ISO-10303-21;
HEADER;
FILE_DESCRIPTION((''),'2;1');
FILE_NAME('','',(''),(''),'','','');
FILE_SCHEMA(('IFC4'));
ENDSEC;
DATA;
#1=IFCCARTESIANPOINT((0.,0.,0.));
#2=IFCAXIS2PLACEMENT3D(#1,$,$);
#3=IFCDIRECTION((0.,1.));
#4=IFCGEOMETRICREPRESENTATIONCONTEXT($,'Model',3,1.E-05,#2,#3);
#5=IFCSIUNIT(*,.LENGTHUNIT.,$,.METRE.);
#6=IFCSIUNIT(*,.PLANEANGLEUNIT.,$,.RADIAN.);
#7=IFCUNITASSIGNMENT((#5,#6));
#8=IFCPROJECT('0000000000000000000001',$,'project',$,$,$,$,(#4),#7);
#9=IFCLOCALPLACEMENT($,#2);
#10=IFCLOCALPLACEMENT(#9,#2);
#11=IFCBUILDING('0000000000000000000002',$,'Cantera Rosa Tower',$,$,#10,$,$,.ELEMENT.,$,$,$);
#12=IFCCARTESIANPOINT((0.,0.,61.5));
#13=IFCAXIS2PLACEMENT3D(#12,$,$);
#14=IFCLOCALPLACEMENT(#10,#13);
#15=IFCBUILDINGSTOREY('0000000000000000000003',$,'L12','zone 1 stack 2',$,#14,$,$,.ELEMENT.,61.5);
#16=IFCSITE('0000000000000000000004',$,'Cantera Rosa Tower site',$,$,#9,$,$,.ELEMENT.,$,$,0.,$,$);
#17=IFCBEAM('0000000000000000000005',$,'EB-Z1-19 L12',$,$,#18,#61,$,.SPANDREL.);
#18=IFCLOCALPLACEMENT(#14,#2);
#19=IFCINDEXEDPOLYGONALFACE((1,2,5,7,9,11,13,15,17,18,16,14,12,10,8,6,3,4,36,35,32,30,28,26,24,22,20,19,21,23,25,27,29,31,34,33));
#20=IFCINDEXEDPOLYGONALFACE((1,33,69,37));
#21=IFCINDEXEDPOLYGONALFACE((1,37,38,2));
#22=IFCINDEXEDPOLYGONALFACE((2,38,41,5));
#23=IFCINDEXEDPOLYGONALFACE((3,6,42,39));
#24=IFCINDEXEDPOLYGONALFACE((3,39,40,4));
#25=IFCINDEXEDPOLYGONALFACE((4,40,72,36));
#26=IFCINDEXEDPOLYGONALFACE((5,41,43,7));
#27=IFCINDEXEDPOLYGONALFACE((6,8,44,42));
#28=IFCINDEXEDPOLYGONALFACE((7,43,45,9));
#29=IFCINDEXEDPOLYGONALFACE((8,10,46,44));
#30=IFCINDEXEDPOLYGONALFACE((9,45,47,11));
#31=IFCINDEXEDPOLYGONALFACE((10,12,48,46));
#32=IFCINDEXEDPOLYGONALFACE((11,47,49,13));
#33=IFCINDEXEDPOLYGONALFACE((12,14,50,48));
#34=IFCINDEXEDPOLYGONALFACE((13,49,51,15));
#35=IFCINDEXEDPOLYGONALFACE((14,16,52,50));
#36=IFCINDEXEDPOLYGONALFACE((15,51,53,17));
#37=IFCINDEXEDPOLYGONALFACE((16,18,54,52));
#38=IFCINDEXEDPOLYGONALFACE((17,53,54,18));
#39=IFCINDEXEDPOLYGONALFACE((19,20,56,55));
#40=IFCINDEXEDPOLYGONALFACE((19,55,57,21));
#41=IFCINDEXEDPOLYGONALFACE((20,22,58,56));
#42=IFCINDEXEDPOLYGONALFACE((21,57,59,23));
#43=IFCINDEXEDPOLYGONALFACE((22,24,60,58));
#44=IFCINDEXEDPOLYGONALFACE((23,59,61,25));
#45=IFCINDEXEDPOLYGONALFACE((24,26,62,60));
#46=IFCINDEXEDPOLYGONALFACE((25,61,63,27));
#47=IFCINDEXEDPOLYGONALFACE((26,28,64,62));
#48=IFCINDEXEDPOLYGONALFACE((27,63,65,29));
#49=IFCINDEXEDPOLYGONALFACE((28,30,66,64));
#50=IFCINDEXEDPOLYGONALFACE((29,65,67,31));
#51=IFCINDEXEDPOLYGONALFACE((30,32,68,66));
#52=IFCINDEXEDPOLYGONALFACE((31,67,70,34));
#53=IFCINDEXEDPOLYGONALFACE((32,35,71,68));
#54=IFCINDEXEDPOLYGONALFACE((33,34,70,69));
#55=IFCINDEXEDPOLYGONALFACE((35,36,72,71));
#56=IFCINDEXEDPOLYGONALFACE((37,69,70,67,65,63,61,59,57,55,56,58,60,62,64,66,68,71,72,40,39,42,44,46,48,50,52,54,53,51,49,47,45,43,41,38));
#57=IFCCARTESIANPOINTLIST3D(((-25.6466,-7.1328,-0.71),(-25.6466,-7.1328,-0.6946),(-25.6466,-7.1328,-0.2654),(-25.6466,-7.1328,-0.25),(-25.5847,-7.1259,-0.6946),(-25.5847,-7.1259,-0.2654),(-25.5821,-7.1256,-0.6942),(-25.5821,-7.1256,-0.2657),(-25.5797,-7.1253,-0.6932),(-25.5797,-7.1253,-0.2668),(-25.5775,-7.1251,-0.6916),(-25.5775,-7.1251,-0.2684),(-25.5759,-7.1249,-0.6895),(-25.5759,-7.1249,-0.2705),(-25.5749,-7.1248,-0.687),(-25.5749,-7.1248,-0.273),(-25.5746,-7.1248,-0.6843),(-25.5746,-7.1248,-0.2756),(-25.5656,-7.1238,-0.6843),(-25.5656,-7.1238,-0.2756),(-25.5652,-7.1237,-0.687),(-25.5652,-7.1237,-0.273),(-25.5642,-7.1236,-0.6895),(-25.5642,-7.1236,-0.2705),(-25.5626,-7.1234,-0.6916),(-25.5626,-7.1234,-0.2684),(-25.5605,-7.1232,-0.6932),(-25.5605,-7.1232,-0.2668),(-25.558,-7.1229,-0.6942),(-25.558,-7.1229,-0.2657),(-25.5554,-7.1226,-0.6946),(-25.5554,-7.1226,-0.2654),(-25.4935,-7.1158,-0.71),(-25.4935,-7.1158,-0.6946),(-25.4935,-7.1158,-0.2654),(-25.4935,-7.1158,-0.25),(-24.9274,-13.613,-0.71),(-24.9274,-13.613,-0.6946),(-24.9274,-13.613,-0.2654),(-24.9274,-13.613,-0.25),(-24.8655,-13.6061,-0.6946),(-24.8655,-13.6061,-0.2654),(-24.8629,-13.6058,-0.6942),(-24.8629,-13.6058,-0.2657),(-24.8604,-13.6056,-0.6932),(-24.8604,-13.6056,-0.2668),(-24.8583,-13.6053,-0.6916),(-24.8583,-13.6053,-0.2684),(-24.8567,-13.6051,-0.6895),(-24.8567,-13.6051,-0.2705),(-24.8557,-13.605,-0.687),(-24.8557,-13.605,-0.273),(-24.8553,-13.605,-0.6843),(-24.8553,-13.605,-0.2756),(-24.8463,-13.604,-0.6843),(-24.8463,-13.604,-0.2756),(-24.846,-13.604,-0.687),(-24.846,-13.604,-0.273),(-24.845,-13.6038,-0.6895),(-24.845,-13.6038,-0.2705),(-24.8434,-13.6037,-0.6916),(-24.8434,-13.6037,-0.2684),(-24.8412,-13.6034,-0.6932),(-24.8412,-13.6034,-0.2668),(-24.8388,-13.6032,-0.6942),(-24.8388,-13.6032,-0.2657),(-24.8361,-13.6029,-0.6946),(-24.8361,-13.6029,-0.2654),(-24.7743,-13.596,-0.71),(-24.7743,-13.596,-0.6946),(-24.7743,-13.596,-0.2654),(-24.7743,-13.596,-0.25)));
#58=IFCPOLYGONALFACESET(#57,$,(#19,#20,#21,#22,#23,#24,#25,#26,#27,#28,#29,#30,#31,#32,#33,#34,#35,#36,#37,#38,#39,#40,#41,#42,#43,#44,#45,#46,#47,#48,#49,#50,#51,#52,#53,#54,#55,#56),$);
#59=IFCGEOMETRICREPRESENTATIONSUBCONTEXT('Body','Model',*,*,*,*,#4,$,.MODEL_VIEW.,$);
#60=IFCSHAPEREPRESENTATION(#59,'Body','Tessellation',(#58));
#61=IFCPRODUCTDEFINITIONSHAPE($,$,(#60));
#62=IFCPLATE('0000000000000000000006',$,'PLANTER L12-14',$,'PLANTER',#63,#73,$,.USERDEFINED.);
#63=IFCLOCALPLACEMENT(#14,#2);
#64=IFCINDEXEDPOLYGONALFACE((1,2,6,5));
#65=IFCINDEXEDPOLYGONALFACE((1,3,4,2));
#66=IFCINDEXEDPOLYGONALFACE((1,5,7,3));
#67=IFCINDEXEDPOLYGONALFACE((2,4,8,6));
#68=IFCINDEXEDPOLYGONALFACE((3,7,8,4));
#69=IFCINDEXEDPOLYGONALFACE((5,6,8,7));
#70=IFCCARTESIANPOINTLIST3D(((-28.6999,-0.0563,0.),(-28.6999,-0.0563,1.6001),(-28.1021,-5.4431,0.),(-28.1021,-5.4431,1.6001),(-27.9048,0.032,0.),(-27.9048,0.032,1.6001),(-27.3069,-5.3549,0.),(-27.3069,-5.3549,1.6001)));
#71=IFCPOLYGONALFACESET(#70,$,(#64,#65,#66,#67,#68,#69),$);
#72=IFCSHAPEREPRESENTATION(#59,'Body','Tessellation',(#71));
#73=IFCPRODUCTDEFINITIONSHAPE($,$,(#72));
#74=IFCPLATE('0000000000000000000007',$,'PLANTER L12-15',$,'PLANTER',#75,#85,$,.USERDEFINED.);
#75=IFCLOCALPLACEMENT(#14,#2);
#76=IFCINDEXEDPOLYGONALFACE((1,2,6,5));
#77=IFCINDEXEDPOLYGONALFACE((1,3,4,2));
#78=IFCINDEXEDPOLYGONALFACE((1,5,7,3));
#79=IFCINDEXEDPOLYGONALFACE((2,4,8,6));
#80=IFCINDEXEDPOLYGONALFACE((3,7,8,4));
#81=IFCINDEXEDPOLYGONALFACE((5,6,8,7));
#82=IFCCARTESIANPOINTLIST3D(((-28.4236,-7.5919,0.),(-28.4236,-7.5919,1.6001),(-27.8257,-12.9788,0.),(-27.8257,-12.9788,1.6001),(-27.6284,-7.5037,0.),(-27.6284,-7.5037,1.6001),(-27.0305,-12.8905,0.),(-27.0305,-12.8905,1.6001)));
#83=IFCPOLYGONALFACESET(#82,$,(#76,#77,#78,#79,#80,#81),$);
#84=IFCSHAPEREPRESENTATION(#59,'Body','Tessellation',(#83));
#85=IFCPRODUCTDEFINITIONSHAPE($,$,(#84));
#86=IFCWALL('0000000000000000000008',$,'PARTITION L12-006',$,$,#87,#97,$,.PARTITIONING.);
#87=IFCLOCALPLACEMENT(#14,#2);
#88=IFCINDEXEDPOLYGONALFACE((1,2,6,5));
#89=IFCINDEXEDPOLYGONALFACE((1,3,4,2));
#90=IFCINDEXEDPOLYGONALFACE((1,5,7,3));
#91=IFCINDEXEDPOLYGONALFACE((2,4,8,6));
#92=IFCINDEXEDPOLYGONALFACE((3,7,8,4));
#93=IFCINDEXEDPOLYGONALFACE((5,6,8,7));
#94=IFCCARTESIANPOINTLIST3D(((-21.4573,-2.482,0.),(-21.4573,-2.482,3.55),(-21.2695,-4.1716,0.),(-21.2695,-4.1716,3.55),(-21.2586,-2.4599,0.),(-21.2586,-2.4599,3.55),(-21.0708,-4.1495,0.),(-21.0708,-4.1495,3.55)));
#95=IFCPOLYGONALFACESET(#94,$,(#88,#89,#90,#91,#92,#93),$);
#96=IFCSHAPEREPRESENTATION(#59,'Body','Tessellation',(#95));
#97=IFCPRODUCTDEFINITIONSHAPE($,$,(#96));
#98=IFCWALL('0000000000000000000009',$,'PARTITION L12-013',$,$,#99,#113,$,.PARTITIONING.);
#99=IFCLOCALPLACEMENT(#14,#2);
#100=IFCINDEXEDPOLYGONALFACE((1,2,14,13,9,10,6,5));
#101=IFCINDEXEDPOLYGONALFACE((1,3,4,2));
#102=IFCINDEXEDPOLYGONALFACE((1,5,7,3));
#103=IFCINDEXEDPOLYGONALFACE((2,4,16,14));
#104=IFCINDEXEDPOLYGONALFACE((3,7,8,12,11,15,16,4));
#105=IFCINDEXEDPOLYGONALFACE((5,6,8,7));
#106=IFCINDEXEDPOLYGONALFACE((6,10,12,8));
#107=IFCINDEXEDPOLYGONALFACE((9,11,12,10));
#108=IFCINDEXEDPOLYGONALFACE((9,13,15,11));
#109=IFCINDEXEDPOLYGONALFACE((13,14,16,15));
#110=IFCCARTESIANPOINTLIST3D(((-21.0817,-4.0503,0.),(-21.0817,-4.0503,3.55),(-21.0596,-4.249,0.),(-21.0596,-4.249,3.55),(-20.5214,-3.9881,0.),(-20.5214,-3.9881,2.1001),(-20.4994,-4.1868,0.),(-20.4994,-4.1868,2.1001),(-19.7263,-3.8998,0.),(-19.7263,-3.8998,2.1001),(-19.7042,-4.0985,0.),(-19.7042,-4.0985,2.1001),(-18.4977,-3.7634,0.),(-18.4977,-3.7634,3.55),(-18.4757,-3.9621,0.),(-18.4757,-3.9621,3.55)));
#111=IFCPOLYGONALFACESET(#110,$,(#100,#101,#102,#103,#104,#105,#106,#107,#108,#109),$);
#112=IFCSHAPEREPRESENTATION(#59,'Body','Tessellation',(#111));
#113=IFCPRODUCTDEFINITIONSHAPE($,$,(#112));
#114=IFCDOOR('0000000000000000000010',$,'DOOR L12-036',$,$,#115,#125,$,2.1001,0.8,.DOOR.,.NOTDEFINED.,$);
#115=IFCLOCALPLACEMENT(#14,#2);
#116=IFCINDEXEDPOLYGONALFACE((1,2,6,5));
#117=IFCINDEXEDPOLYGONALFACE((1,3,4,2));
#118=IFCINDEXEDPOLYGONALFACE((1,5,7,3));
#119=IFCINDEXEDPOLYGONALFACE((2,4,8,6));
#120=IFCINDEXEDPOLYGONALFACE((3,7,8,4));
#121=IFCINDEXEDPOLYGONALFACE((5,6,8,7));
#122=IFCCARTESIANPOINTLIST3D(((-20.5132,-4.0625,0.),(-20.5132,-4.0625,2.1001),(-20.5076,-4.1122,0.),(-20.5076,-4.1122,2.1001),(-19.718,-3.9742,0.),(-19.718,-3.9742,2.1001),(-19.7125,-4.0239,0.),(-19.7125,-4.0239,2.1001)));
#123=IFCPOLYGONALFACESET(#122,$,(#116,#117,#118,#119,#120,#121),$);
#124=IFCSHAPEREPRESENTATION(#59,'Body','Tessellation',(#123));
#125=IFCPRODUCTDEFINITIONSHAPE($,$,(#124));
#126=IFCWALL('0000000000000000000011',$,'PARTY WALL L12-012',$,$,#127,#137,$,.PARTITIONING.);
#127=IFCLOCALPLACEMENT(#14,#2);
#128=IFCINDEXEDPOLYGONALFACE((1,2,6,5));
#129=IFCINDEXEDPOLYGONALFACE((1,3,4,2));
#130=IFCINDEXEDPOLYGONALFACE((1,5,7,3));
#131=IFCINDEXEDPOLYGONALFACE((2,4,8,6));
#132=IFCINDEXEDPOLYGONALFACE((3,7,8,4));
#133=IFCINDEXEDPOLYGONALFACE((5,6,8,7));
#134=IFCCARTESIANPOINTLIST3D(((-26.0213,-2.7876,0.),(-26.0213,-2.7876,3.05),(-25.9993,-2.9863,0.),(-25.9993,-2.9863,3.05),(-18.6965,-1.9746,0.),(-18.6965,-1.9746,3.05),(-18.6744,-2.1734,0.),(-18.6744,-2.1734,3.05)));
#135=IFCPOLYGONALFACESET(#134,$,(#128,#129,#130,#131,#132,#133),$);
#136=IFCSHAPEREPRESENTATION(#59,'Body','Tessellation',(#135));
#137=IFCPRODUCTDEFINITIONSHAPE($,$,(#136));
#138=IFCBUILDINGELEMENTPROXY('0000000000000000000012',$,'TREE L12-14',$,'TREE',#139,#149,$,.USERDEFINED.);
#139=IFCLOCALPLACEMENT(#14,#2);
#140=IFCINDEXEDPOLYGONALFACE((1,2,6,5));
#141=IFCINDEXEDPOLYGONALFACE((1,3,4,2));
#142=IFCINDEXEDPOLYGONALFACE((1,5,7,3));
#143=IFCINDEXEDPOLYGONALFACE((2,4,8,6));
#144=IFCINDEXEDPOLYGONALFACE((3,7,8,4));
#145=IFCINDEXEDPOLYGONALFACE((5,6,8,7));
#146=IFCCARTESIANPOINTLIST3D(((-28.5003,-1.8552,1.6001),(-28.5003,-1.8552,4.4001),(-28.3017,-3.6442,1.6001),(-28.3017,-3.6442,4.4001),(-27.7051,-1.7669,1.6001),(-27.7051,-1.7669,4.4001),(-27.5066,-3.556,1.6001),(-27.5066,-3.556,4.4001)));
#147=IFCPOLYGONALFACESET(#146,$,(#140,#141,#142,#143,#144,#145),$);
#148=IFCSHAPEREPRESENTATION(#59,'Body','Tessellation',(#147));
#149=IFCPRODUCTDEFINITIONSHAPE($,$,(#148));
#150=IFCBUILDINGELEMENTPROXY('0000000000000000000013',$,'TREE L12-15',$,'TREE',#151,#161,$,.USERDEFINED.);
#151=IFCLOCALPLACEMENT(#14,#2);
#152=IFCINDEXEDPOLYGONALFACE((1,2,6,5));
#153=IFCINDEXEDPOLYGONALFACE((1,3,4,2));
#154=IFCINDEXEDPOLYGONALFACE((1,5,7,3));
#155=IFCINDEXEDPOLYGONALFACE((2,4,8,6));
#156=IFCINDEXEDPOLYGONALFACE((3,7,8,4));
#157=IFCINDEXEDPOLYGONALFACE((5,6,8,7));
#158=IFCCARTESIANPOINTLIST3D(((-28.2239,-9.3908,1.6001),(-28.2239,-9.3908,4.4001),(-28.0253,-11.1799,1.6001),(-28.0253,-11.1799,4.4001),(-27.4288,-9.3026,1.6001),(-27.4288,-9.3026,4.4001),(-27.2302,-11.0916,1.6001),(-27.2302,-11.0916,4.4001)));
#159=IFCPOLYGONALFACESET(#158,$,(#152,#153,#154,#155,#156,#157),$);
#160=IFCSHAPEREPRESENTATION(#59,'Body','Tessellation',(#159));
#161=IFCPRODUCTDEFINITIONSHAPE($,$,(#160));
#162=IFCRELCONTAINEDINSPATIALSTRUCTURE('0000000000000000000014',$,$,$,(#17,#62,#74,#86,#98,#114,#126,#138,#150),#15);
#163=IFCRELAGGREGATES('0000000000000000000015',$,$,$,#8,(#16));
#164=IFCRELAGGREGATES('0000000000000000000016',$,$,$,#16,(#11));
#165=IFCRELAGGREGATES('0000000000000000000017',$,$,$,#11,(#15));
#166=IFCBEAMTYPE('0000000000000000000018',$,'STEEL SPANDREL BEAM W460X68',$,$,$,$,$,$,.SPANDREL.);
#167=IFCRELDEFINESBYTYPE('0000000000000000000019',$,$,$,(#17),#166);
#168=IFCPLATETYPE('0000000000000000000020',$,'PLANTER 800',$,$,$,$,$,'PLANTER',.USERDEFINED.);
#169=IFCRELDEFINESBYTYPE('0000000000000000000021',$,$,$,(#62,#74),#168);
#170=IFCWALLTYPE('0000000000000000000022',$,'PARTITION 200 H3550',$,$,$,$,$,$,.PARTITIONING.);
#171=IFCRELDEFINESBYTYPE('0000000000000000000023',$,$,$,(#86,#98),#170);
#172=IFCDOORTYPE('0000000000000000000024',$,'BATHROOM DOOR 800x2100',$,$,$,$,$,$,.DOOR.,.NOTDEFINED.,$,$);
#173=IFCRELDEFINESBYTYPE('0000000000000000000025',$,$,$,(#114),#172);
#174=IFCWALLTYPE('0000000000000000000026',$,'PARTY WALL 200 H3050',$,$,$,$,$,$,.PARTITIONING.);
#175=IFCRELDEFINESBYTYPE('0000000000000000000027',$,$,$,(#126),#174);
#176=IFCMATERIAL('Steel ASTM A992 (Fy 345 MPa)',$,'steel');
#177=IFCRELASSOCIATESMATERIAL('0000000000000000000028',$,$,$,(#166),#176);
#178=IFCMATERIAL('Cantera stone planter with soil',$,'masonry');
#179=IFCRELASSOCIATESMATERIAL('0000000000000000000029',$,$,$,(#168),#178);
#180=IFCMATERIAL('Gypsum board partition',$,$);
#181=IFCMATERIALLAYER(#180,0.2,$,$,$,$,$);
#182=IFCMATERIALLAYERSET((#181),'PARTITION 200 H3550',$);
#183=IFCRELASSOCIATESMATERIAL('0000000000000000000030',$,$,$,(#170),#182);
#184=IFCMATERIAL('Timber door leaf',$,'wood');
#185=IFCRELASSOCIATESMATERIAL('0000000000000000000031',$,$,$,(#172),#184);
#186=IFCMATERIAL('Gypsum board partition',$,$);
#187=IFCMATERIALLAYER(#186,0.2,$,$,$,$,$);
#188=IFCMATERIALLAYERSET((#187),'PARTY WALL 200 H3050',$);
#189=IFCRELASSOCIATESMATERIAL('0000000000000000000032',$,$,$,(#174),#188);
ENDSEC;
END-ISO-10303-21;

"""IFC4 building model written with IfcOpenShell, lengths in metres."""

from ifc_helpers import new_model, si_unit, direction, frame, frame_2d, origin, origin_2d, place, context, subcontext, project, spatial, rectangle, i_section, extrude, material, layer, layer_set, material_profile, profile_set, type_object, element, fill, save


model = new_model("IFC4")

# Units and contexts
model_context = context("Model", 3, precision=1e-05, world=origin(), true_north=direction((0.0, 1.0)))
body_context = subcontext(model_context, "Body", "Model", "MODEL_VIEW")
ifc_project = project(units=[si_unit("LENGTHUNIT", "METRE"), si_unit("PLANEANGLEUNIT", "RADIAN")], contexts=[model_context])

# Site, building, storey
site_placement = place(None, origin())
site = spatial("IfcSite", under=ifc_project, at=site_placement, Name="Cantera Rosa Tower site", CompositionType="ELEMENT", RefElevation=0.0)
building_placement = place(site_placement, origin())
building = spatial("IfcBuilding", under=site, at=building_placement, Name="Cantera Rosa Tower", CompositionType="ELEMENT")
storey_placement = place(building_placement, frame((0.0, 0.0, 61.5)))
storey = spatial("IfcBuildingStorey", under=building, at=storey_placement, Name="L12", Description="zone 1 stack 2", CompositionType="ELEMENT", Elevation=61.5)

# Beam
ifc_material_1 = material(Name="Steel ASTM A992 (Fy 345 MPa)", Category="steel")
ifc_material_profile_1 = material_profile(ifc_material_1, i_section(OverallWidth=0.1541, OverallDepth=0.46, WebThickness=0.009, FlangeThickness=0.0154, FilletRadius=0.0103, at=origin_2d()), Name="W460X68")
ifc_profile_set_1 = profile_set([ifc_material_profile_1], Name="Steel ASTM A992 (Fy 345 MPa)")
beam_type_1 = type_object("IfcBeamType", Name="STEEL SPANDREL BEAM W460X68", PredefinedType="SPANDREL", material=ifc_profile_set_1)
beam_1_placement = place(storey_placement, frame((-25.5701, -7.1243, -0.48), z_axis=(0.110312, -0.993897, 0.0), x_axis=(0.993897, 0.110312, 0.0)))
element("IfcBeam", 1, at=beam_1_placement, inside=storey, type_object=beam_type_1, Name="EB-Z1-19 L12", PredefinedType="SPANDREL", context=body_context, shape_type="SweptSolid", body=[
    extrude(i_section(OverallWidth=0.1541, OverallDepth=0.46, WebThickness=0.009, FlangeThickness=0.0154, FilletRadius=0.0103, at=origin_2d()), origin(), (0.0, 0.0, 1.0), 6.52),
])

# Plates
ifc_material_2 = material(Name="Cantera stone planter with soil", Category="masonry")
plate_type = type_object("IfcPlateType", Name="PLANTER 800", ElementType="PLANTER", PredefinedType="USERDEFINED", material=ifc_material_2)
for number, where, z_axis, x_axis, name in (
    (2, (-28.0034, -2.7056, 0.0), (0.0, 0.0, 1.0), (0.110313, -0.993897, 0.0), "PLANTER L12-14"),
    (3, (-27.7271, -10.2412, 0.0), (0.0, 0.0, 1.0), (0.110313, -0.993897, 0.0), "PLANTER L12-15"),
):
    element("IfcPlate", number, at=place(storey_placement, frame(where, z_axis=z_axis, x_axis=x_axis)), inside=storey, type_object=plate_type, Name=name, ObjectType="PLANTER", PredefinedType="USERDEFINED", context=body_context, shape_type="SweptSolid", body=[
        extrude(rectangle(XDim=5.4199, YDim=0.8, at=origin_2d()), origin(), (0.0, 0.0, 1.0), 1.6001),
    ])

# Wall
ifc_material_3 = material(Name="Gypsum board partition")
ifc_layer_1 = layer(ifc_material_3, 0.2)
ifc_layer_set_1 = layer_set([ifc_layer_1], Name="PARTITION 200 H3550")
wall_type_1 = type_object("IfcWallType", Name="PARTITION 200 H3550", PredefinedType="PARTITIONING", material=ifc_layer_set_1)
wall_1_placement = place(storey_placement, frame((-21.1702, -4.1606, 0.0), z_axis=(0.0, 0.0, 1.0), x_axis=(-0.110447, 0.993882, 0.0)))
element("IfcWall", 4, at=wall_1_placement, inside=storey, type_object=wall_type_1, Name="PARTITION L12-006", PredefinedType="PARTITIONING", context=body_context, shape_type="SweptSolid", body=[
    extrude(rectangle(XDim=1.7, YDim=0.2, at=frame_2d((0.8501, 0.0))), origin(), (0.0, 0.0, 1.0), 3.55),
])

# Wall, opening, door
wall_2_placement = place(storey_placement, frame((-18.4868, -3.8628, 0.0), z_axis=(0.0, 0.0, 1.0), x_axis=(-0.993894, -0.110339, 0.0)))
wall_2 = element("IfcWall", 5, at=wall_2_placement, inside=storey, type_object=wall_type_1, Name="PARTITION L12-013", PredefinedType="PARTITIONING", context=body_context, shape_type="SweptSolid", body=[
    extrude(rectangle(XDim=2.5999, YDim=0.2, at=frame_2d((1.2998, 0.0))), origin(), (0.0, 0.0, 1.0), 3.55),
])
opening_1_placement = place(wall_2_placement, frame((1.2361, 0.0, 0.0)))
opening_1 = element("IfcOpeningElement", 6, at=opening_1_placement, cuts=wall_2, PredefinedType="OPENING", context=body_context, shape_type="SweptSolid", body=[
    extrude(rectangle(XDim=0.8, YDim=2.1001, at=frame_2d((0.3999, 1.05))), frame((0.0, 0.1099, 0.0), z_axis=(0.0, -1.0, 0.0), x_axis=(1.0, 0.0, 0.0)), (0.0, 0.0, 1.0), 0.22),
])
ifc_material_4 = material(Name="Timber door leaf", Category="wood")
door_type_1 = type_object("IfcDoorType", Name="BATHROOM DOOR 800x2100", OperationType="NOTDEFINED", PredefinedType="DOOR", material=ifc_material_4)
door_1_placement = place(opening_1_placement, origin())
door_1 = element("IfcDoor", 7, at=door_1_placement, inside=storey, type_object=door_type_1, Name="DOOR L12-036", OperationType="NOTDEFINED", OverallHeight=2.1001, OverallWidth=0.8, PredefinedType="DOOR", context=body_context, shape_type="SweptSolid", body=[
    extrude(rectangle(XDim=0.8, YDim=2.1001, at=frame_2d((0.3999, 1.05))), frame((0.0, 0.0249, 0.0), z_axis=(0.0, -1.0, 0.0), x_axis=(1.0, 0.0, 0.0)), (0.0, 0.0, 1.0), 0.05),
])
fill(opening_1, door_1)

# Wall
ifc_material_5 = material(Name="Gypsum board partition")
ifc_layer_2 = layer(ifc_material_5, 0.2)
ifc_layer_set_2 = layer_set([ifc_layer_2], Name="PARTY WALL 200 H3050")
wall_type_2 = type_object("IfcWallType", Name="PARTY WALL 200 H3050", PredefinedType="PARTITIONING", material=ifc_layer_set_2)
wall_3_placement = place(storey_placement, frame((-18.6853, -2.074, 0.0), z_axis=(0.0, 0.0, 1.0), x_axis=(-0.993897, -0.110312, 0.0)))
element("IfcWall", 8, at=wall_3_placement, inside=storey, type_object=wall_type_2, Name="PARTY WALL L12-012", PredefinedType="PARTITIONING", context=body_context, shape_type="SweptSolid", body=[
    extrude(rectangle(XDim=7.3699, YDim=0.2, at=frame_2d((3.6851, 0.0))), origin(), (0.0, 0.0, 1.0), 3.05),
])

# Building element proxies
for number, where, z_axis, x_axis, name in (
    (9, (-28.0034, -2.7056, 1.6001), (0.0, 0.0, 1.0), (0.110313, -0.993897, 0.0), "TREE L12-14"),
    (10, (-27.7271, -10.2412, 1.6001), (0.0, 0.0, 1.0), (0.110313, -0.993897, 0.0), "TREE L12-15"),
):
    element("IfcBuildingElementProxy", number, at=place(storey_placement, frame(where, z_axis=z_axis, x_axis=x_axis)), inside=storey, Name=name, ObjectType="TREE", PredefinedType="USERDEFINED", context=body_context, shape_type="SweptSolid", body=[
        extrude(rectangle(XDim=1.8, YDim=0.8, at=origin_2d()), origin(), (0.0, 0.0, 1.0), 2.8),
    ])

save(model, "model.ifc")
